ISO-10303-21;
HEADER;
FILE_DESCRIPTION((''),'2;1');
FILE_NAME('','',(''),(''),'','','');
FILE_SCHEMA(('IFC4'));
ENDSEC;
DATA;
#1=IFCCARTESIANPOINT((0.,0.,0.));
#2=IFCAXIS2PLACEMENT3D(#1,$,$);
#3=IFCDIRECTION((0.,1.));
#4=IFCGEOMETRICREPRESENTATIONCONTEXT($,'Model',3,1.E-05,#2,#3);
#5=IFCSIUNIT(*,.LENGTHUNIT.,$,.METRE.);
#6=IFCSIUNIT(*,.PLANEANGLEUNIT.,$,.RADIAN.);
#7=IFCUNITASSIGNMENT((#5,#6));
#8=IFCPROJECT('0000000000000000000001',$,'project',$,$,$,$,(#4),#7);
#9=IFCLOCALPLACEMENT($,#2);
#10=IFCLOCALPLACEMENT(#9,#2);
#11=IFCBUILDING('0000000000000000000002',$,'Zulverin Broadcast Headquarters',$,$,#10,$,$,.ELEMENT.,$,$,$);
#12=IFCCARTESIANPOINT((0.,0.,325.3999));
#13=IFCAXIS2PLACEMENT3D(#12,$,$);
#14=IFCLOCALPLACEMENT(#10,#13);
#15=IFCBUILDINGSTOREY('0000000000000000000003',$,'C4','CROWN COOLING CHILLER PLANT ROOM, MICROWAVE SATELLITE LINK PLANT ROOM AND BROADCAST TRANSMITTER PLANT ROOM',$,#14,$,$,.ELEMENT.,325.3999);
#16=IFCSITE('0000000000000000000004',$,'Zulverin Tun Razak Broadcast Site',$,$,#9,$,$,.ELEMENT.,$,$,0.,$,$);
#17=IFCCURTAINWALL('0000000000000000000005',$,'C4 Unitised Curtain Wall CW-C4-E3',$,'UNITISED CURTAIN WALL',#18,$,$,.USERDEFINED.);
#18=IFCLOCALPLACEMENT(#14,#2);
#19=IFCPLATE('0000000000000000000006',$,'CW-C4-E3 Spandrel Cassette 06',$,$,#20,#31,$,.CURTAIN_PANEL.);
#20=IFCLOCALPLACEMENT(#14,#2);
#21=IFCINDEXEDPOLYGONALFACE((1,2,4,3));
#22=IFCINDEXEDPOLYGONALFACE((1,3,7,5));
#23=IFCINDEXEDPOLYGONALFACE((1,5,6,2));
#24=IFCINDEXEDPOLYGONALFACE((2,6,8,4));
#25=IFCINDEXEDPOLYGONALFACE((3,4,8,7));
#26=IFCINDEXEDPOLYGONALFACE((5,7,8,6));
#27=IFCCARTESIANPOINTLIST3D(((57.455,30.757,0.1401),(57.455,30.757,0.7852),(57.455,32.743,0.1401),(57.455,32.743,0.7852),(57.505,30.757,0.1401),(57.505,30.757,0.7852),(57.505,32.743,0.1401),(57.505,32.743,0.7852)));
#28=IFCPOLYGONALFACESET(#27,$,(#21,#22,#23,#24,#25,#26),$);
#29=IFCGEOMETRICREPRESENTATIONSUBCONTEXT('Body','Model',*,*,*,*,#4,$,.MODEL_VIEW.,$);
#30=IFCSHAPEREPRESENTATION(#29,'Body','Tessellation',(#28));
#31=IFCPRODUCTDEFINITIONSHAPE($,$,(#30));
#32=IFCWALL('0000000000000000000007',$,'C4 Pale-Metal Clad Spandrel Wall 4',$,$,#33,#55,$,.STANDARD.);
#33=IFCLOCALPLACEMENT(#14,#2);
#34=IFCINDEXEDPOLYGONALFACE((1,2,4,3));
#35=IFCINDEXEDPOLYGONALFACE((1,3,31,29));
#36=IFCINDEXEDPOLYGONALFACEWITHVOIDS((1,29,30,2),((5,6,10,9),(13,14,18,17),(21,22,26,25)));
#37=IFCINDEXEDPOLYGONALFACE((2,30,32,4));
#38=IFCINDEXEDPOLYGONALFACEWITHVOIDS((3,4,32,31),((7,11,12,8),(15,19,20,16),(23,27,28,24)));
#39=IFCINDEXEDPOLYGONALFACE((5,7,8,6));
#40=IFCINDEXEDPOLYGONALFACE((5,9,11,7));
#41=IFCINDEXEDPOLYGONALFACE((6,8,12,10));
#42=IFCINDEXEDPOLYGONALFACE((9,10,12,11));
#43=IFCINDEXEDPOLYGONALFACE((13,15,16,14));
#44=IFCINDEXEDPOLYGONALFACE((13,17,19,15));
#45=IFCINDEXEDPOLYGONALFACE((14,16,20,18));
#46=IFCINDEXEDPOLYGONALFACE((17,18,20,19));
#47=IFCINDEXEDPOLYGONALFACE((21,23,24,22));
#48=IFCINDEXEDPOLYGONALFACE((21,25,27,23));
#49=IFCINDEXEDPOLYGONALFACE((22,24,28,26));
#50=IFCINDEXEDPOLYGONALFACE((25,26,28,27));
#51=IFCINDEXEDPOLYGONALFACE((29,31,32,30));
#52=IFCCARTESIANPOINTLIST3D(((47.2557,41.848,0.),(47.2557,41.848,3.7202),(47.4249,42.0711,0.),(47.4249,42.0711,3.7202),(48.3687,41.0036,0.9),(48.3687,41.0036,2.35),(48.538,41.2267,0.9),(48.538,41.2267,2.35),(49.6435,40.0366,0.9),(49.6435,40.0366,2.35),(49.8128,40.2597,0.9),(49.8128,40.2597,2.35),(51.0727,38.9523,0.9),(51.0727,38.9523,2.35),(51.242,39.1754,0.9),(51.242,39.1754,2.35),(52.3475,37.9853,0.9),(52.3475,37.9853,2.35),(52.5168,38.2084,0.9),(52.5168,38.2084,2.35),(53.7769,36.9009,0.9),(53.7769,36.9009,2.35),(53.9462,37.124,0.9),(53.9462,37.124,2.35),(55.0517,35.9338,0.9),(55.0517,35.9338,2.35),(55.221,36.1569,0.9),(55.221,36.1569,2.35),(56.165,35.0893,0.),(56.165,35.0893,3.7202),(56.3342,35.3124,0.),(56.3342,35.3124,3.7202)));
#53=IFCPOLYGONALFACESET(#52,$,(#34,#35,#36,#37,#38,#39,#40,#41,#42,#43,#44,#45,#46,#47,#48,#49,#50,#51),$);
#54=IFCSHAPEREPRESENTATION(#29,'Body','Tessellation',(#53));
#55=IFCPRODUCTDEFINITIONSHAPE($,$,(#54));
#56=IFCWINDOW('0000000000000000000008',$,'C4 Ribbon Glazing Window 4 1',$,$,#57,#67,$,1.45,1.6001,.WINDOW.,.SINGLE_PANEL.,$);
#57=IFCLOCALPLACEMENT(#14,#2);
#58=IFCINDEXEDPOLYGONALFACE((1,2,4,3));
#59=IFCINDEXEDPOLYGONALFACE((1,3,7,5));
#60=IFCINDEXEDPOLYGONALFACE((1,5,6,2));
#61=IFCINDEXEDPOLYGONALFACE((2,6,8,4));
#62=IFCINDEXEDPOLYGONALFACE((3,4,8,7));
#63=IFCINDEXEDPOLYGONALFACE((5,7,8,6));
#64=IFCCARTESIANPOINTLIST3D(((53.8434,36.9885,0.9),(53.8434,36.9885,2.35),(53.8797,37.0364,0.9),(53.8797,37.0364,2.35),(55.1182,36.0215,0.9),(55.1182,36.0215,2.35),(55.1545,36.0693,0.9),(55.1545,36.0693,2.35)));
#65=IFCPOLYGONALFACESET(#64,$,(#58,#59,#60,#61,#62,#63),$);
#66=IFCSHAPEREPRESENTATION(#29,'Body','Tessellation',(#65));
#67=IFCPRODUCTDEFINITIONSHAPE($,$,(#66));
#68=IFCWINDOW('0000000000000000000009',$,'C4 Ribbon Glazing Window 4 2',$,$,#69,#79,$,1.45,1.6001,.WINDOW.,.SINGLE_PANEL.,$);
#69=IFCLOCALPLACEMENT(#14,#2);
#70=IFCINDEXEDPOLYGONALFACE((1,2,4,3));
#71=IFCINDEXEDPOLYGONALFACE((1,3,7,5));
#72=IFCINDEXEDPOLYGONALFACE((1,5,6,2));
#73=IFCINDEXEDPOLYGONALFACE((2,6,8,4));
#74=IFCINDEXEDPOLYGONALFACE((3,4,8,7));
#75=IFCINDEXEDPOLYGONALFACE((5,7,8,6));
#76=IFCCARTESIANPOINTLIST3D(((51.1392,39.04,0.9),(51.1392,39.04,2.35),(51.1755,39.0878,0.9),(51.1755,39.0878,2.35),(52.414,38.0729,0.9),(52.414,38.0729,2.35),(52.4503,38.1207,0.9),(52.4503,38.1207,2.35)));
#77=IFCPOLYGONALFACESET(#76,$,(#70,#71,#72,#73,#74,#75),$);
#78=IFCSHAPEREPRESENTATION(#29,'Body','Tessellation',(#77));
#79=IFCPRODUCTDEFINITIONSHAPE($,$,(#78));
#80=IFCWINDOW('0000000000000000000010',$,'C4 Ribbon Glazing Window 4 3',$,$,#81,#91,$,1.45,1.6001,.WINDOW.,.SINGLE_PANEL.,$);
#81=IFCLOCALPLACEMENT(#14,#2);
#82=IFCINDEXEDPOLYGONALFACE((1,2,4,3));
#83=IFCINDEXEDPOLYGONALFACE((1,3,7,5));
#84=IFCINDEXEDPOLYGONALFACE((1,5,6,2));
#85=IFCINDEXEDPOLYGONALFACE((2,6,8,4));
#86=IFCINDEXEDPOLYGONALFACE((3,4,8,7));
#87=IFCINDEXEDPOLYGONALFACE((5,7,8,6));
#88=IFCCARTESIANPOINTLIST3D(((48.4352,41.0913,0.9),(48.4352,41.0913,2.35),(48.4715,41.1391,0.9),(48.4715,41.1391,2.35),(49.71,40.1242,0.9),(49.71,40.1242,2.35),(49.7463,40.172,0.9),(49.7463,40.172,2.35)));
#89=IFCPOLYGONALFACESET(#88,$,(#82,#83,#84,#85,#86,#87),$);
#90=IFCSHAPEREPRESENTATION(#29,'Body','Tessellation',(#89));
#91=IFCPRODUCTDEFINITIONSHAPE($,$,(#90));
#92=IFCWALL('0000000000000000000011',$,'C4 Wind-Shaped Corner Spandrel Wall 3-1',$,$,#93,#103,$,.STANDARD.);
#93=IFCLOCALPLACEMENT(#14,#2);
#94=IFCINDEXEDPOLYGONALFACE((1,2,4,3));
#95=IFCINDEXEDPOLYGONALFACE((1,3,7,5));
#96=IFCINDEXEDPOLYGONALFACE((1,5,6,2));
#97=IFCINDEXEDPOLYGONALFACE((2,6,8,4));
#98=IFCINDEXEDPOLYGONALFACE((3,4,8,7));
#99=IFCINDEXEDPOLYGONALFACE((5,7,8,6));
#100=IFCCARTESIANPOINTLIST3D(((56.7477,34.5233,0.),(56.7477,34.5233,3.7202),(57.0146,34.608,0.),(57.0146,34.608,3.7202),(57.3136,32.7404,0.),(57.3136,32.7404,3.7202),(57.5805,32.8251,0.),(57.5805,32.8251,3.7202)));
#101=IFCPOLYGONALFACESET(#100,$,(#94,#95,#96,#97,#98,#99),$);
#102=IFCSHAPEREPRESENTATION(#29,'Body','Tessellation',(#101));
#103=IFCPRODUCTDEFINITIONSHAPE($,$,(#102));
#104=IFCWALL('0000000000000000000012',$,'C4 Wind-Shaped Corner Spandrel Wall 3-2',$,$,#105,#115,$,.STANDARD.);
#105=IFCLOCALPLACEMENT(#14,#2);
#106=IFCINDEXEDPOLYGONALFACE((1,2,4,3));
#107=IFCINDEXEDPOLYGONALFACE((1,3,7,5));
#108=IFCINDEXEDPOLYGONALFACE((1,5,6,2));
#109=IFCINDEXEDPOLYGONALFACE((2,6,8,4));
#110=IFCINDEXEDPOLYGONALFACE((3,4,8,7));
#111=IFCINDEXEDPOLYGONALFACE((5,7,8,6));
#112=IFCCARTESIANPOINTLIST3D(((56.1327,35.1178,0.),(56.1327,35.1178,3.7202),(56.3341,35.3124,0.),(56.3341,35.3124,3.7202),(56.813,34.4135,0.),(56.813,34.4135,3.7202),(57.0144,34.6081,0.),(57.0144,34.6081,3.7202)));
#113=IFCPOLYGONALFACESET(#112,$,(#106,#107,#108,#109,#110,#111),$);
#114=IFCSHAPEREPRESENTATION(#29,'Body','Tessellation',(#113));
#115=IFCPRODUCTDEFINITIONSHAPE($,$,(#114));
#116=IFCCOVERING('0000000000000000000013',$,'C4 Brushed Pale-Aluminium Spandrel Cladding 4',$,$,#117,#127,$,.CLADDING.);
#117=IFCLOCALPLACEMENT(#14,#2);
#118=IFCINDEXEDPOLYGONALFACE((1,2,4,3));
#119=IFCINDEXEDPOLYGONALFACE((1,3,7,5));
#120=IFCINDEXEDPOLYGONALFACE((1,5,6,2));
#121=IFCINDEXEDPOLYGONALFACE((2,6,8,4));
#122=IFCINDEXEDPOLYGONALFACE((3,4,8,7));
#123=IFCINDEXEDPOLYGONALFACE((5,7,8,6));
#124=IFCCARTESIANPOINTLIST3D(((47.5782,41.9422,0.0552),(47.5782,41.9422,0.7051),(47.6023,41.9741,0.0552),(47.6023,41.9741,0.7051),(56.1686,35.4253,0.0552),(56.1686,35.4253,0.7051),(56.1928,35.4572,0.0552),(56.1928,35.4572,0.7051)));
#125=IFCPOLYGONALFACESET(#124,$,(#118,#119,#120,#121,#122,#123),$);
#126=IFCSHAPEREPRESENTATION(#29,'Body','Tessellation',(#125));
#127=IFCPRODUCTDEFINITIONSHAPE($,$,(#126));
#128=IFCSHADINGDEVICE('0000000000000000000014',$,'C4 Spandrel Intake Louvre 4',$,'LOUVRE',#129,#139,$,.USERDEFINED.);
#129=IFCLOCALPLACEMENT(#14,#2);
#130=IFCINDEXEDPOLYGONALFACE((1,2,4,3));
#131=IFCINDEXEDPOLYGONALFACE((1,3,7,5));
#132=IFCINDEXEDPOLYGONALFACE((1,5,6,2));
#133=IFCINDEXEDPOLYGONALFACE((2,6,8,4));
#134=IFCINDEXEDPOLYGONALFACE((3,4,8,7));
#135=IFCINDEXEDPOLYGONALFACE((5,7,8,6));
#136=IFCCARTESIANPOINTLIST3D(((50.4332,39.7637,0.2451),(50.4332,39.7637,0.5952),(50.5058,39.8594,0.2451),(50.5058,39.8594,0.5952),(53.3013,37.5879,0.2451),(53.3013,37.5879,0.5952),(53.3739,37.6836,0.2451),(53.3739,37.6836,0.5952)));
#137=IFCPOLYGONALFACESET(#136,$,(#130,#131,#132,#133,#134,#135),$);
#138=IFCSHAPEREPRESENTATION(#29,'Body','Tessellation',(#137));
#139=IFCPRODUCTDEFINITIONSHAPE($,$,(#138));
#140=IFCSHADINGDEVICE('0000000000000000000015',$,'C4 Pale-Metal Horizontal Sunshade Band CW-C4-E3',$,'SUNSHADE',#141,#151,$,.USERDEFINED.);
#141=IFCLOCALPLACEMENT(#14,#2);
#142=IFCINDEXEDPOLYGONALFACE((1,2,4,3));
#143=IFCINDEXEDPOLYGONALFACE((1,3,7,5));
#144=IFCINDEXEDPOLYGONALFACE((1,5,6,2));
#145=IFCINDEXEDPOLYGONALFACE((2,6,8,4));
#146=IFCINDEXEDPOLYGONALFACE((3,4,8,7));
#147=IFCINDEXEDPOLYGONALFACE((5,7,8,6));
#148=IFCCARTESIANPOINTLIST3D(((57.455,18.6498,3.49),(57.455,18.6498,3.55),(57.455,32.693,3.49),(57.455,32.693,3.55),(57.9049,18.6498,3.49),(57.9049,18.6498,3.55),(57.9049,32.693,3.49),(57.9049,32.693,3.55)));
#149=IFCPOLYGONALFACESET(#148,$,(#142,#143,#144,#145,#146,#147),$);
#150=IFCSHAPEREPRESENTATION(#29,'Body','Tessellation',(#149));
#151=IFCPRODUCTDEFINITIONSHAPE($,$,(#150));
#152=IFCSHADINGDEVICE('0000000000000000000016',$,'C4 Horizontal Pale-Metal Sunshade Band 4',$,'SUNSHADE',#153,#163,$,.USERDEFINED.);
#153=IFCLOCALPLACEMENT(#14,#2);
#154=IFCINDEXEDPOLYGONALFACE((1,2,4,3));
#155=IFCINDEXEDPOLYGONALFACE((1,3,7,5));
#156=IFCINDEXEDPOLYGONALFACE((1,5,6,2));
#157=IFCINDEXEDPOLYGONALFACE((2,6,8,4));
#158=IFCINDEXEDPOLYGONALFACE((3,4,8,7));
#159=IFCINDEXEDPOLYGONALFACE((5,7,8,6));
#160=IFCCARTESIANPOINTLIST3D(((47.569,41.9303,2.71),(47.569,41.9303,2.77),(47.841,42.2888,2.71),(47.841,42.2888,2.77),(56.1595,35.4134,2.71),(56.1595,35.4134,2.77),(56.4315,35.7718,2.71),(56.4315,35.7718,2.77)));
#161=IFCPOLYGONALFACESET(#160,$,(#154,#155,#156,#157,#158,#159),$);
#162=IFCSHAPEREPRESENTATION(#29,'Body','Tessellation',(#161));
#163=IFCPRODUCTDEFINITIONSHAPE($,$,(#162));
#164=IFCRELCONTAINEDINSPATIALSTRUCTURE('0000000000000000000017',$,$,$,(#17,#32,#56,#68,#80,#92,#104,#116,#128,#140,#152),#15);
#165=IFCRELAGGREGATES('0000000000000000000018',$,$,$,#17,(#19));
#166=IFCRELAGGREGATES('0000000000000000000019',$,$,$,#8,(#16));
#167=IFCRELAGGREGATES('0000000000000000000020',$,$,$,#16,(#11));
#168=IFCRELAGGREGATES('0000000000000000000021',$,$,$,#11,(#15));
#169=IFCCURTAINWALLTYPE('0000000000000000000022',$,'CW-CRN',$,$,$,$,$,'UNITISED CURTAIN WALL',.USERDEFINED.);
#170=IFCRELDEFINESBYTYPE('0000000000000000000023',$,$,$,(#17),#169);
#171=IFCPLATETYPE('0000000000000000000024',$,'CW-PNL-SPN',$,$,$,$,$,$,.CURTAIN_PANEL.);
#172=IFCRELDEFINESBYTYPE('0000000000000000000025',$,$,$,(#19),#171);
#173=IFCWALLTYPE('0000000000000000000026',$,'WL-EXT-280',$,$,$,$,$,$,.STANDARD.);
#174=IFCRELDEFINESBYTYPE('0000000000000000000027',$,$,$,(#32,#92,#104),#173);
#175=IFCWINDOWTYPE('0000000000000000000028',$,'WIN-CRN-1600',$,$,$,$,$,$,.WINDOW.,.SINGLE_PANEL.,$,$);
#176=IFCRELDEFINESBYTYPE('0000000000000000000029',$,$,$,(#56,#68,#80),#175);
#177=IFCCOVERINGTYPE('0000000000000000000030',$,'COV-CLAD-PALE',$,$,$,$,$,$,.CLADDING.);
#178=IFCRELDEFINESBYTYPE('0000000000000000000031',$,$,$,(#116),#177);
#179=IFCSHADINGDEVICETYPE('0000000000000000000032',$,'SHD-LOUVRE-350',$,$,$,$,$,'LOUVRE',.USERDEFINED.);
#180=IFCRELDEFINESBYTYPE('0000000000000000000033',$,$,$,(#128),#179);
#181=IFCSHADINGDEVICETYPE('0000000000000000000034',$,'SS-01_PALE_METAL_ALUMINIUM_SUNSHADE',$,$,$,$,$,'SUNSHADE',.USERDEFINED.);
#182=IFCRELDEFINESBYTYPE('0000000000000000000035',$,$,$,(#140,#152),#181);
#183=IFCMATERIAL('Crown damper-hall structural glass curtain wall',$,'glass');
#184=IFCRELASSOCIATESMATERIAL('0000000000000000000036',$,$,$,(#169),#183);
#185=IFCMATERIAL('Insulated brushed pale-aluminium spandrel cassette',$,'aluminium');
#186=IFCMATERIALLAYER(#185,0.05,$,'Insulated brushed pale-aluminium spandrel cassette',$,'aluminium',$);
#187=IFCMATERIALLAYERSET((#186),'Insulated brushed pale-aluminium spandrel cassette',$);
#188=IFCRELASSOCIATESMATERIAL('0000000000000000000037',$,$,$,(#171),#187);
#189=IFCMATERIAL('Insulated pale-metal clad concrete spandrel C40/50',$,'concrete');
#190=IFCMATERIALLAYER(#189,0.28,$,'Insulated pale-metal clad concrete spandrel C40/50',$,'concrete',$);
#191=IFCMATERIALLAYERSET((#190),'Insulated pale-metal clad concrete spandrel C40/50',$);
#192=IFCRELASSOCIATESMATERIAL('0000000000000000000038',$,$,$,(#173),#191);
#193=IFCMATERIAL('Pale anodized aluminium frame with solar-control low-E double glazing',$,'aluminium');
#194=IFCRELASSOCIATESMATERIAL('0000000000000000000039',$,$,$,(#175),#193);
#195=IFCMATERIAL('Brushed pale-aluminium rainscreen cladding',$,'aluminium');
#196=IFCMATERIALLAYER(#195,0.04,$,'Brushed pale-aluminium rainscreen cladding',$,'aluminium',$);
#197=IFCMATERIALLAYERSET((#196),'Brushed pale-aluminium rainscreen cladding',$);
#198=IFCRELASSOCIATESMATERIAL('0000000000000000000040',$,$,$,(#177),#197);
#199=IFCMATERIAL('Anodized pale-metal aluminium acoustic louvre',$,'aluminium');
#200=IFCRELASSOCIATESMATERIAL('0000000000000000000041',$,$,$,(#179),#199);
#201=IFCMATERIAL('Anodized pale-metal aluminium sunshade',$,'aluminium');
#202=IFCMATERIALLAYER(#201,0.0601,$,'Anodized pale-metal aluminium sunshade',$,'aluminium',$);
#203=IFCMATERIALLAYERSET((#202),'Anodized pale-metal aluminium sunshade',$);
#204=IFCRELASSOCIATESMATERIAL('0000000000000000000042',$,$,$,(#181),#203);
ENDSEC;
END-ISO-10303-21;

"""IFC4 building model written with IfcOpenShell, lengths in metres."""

from ifc_helpers import new_model, si_unit, direction, frame, frame_2d, origin, origin_2d, place, context, subcontext, project, spatial, rectangle, extrude, material, layer, layer_set, type_object, element, fill, aggregate, save


model = new_model("IFC4")

# Units and contexts
model_context = context("Model", 3, precision=1e-05, world=origin(), true_north=direction((0.0, 1.0)))
body_context = subcontext(model_context, "Body", "Model", "MODEL_VIEW")
ifc_project = project(units=[si_unit("LENGTHUNIT", "METRE"), si_unit("PLANEANGLEUNIT", "RADIAN")], contexts=[model_context])

# Site, building, storey
site_placement = place(None, origin())
site = spatial("IfcSite", under=ifc_project, at=site_placement, Name="Zulverin Tun Razak Broadcast Site", CompositionType="ELEMENT", RefElevation=0.0)
building_placement = place(site_placement, origin())
building = spatial("IfcBuilding", under=site, at=building_placement, Name="Zulverin Broadcast Headquarters", CompositionType="ELEMENT")
storey_placement = place(building_placement, frame((0.0, 0.0, 325.3999)))
storey = spatial("IfcBuildingStorey", under=building, at=storey_placement, Name="C4", Description="CROWN COOLING CHILLER PLANT ROOM, MICROWAVE SATELLITE LINK PLANT ROOM AND BROADCAST TRANSMITTER PLANT ROOM", CompositionType="ELEMENT", Elevation=325.3999)

# Curtain wall, plate
ifc_material_1 = material(Name="Crown damper-hall structural glass curtain wall", Category="glass")
curtain_wall_type = type_object("IfcCurtainWallType", Name="CW-CRN", ElementType="UNITISED CURTAIN WALL", PredefinedType="USERDEFINED", material=ifc_material_1)
curtain_wall_placement = place(storey_placement, origin())
curtain_wall = element("IfcCurtainWall", 1, at=curtain_wall_placement, inside=storey, type_object=curtain_wall_type, Name="C4 Unitised Curtain Wall CW-C4-E3", ObjectType="UNITISED CURTAIN WALL", PredefinedType="USERDEFINED")
ifc_material_2 = material(Name="Insulated brushed pale-aluminium spandrel cassette", Category="aluminium")
ifc_layer_1 = layer(ifc_material_2, 0.05, Name="Insulated brushed pale-aluminium spandrel cassette", Category="aluminium")
ifc_layer_set_1 = layer_set([ifc_layer_1], Name="Insulated brushed pale-aluminium spandrel cassette")
plate_type_1 = type_object("IfcPlateType", Name="CW-PNL-SPN", PredefinedType="CURTAIN_PANEL", material=ifc_layer_set_1)
plate_1_placement = place(storey_placement, frame((57.48, 31.75, 0.1401), z_axis=(0.0, 0.0, 1.0), x_axis=(0.0, 1.0, 0.0)))
plate_1 = element("IfcPlate", 2, at=plate_1_placement, type_object=plate_type_1, Name="CW-C4-E3 Spandrel Cassette 06", PredefinedType="CURTAIN_PANEL", context=body_context, shape_type="SweptSolid", body=[
    extrude(rectangle(XDim=1.9861, YDim=0.05, at=origin_2d()), origin(), (0.0, 0.0, 1.0), 0.645),
])
aggregate(curtain_wall, [plate_1])

# Wall, openings, windows
ifc_material_3 = material(Name="Insulated pale-metal clad concrete spandrel C40/50", Category="concrete")
ifc_layer_2 = layer(ifc_material_3, 0.28, Name="Insulated pale-metal clad concrete spandrel C40/50", Category="concrete")
ifc_layer_set_2 = layer_set([ifc_layer_2], Name="Insulated pale-metal clad concrete spandrel C40/50")
wall_type = type_object("IfcWallType", Name="WL-EXT-280", PredefinedType="STANDARD", material=ifc_layer_set_2)
wall_1_placement = place(storey_placement, frame((56.2495, 35.2009, 0.0), z_axis=(0.0, 0.0, 1.0), x_axis=(-0.796695, 0.604382, 0.0)))
wall_1 = element("IfcWall", 3, at=wall_1_placement, inside=storey, type_object=wall_type, Name="C4 Pale-Metal Clad Spandrel Wall 4", PredefinedType="STANDARD", context=body_context, shape_type="SweptSolid", body=[
    extrude(rectangle(XDim=11.1829, YDim=0.28, at=frame_2d((5.5913, 0.0))), origin(), (0.0, 0.0, 1.0), 3.7202),
])
opening_1_placement = place(wall_1_placement, frame((1.3972, 0.0, 0.8999)))
opening_1 = element("IfcOpeningElement", 4, at=opening_1_placement, cuts=wall_1, PredefinedType="OPENING", context=body_context, shape_type="SweptSolid", body=[
    extrude(rectangle(XDim=1.6001, YDim=1.45, at=frame_2d((0.8, 0.7251))), frame((0.0, 0.1499, 0.0), z_axis=(0.0, -1.0, 0.0), x_axis=(1.0, 0.0, 0.0)), (0.0, 0.0, 1.0), 0.3),
])
opening_2_placement = place(wall_1_placement, frame((4.7915, 0.0, 0.8999)))
opening_2 = element("IfcOpeningElement", 5, at=opening_2_placement, cuts=wall_1, PredefinedType="OPENING", context=body_context, shape_type="SweptSolid", body=[
    extrude(rectangle(XDim=1.6001, YDim=1.45, at=frame_2d((0.8, 0.7251))), frame((0.0, 0.1499, 0.0), z_axis=(0.0, -1.0, 0.0), x_axis=(1.0, 0.0, 0.0)), (0.0, 0.0, 1.0), 0.3),
])
opening_3_placement = place(wall_1_placement, frame((8.1855, 0.0, 0.8999)))
opening_3 = element("IfcOpeningElement", 6, at=opening_3_placement, cuts=wall_1, PredefinedType="OPENING", context=body_context, shape_type="SweptSolid", body=[
    extrude(rectangle(XDim=1.6001, YDim=1.45, at=frame_2d((0.8, 0.7251))), frame((0.0, 0.1499, 0.0), z_axis=(0.0, -1.0, 0.0), x_axis=(1.0, 0.0, 0.0)), (0.0, 0.0, 1.0), 0.3),
])
ifc_material_4 = material(Name="Pale anodized aluminium frame with solar-control low-E double glazing", Category="aluminium")
window_type = type_object("IfcWindowType", Name="WIN-CRN-1600", PartitioningType="SINGLE_PANEL", PredefinedType="WINDOW", material=ifc_material_4)
window_1_placement = place(opening_1_placement, origin())
window_1 = element("IfcWindow", 7, at=window_1_placement, inside=storey, type_object=window_type, Name="C4 Ribbon Glazing Window 4 1", OverallHeight=1.45, OverallWidth=1.6001, PartitioningType="SINGLE_PANEL", PredefinedType="WINDOW", context=body_context, shape_type="SweptSolid", body=[
    extrude(rectangle(XDim=1.6001, YDim=1.45, at=frame_2d((0.8, 0.7251))), frame((0.0, 0.03, 0.0), z_axis=(0.0, -1.0, 0.0), x_axis=(1.0, 0.0, 0.0)), (0.0, 0.0, 1.0), 0.0601),
])
fill(opening_1, window_1)
window_2_placement = place(opening_2_placement, origin())
window_2 = element("IfcWindow", 8, at=window_2_placement, inside=storey, type_object=window_type, Name="C4 Ribbon Glazing Window 4 2", OverallHeight=1.45, OverallWidth=1.6001, PartitioningType="SINGLE_PANEL", PredefinedType="WINDOW", context=body_context, shape_type="SweptSolid", body=[
    extrude(rectangle(XDim=1.6001, YDim=1.45, at=frame_2d((0.8, 0.7251))), frame((0.0, 0.03, 0.0), z_axis=(0.0, -1.0, 0.0), x_axis=(1.0, 0.0, 0.0)), (0.0, 0.0, 1.0), 0.0601),
])
fill(opening_2, window_2)
window_3_placement = place(opening_3_placement, origin())
window_3 = element("IfcWindow", 9, at=window_3_placement, inside=storey, type_object=window_type, Name="C4 Ribbon Glazing Window 4 3", OverallHeight=1.45, OverallWidth=1.6001, PartitioningType="SINGLE_PANEL", PredefinedType="WINDOW", context=body_context, shape_type="SweptSolid", body=[
    extrude(rectangle(XDim=1.6001, YDim=1.45, at=frame_2d((0.8, 0.7251))), frame((0.0, 0.03, 0.0), z_axis=(0.0, -1.0, 0.0), x_axis=(1.0, 0.0, 0.0)), (0.0, 0.0, 1.0), 0.0601),
])
fill(opening_3, window_3)

# Walls
wall_2_placement = place(storey_placement, frame((57.447, 32.7827, 0.0), z_axis=(0.0, 0.0, 1.0), x_axis=(-0.30253, 0.95314, 0.0)))
element("IfcWall", 10, at=wall_2_placement, inside=storey, type_object=wall_type, Name="C4 Wind-Shaped Corner Spandrel Wall 3-1", PredefinedType="STANDARD", context=body_context, shape_type="SweptSolid", body=[
    extrude(rectangle(XDim=1.8706, YDim=0.28, at=frame_2d((0.9353, 0.0))), origin(), (0.0, 0.0, 1.0), 3.7202),
])
wall_3_placement = place(storey_placement, frame((56.9138, 34.5107, 0.0), z_axis=(0.0, 0.0, 1.0), x_axis=(-0.694786, 0.719217, 0.0)))
element("IfcWall", 11, at=wall_3_placement, inside=storey, type_object=wall_type, Name="C4 Wind-Shaped Corner Spandrel Wall 3-2", PredefinedType="STANDARD", context=body_context, shape_type="SweptSolid", body=[
    extrude(rectangle(XDim=0.9792, YDim=0.28, at=frame_2d((0.4897, 0.0))), origin(), (0.0, 0.0, 1.0), 3.7202),
])

# Covering
ifc_material_5 = material(Name="Brushed pale-aluminium rainscreen cladding", Category="aluminium")
ifc_layer_3 = layer(ifc_material_5, 0.04, Name="Brushed pale-aluminium rainscreen cladding", Category="aluminium")
ifc_layer_set_3 = layer_set([ifc_layer_3], Name="Brushed pale-aluminium rainscreen cladding")
covering_type = type_object("IfcCoveringType", Name="COV-CLAD-PALE", PredefinedType="CLADDING", material=ifc_layer_set_3)
covering_placement = place(storey_placement, frame((51.8855, 38.6997, 0.0552), z_axis=(0.0, 0.0, 1.0), x_axis=(-0.796691, 0.604386, 0.0)))
element("IfcCovering", 12, at=covering_placement, inside=storey, type_object=covering_type, Name="C4 Brushed Pale-Aluminium Spandrel Cladding 4", PredefinedType="CLADDING", context=body_context, shape_type="SweptSolid", body=[
    extrude(rectangle(XDim=10.7827, YDim=0.04, at=origin_2d()), origin(), (0.0, 0.0, 1.0), 0.6499),
])

# Shading devices
ifc_material_6 = material(Name="Anodized pale-metal aluminium acoustic louvre", Category="aluminium")
shading_device_type_1 = type_object("IfcShadingDeviceType", Name="SHD-LOUVRE-350", ElementType="LOUVRE", PredefinedType="USERDEFINED", material=ifc_material_6)
shading_device_1_placement = place(storey_placement, frame((51.9036, 38.7236, 0.2451), z_axis=(0.0, 0.0, 1.0), x_axis=(-0.796691, 0.604386, 0.0)))
element("IfcShadingDevice", 13, at=shading_device_1_placement, inside=storey, type_object=shading_device_type_1, Name="C4 Spandrel Intake Louvre 4", ObjectType="LOUVRE", PredefinedType="USERDEFINED", context=body_context, shape_type="SweptSolid", body=[
    extrude(rectangle(XDim=3.6001, YDim=0.1201, at=origin_2d()), origin(), (0.0, 0.0, 1.0), 0.3501),
])
ifc_material_7 = material(Name="Anodized pale-metal aluminium sunshade", Category="aluminium")
ifc_layer_4 = layer(ifc_material_7, 0.0601, Name="Anodized pale-metal aluminium sunshade", Category="aluminium")
ifc_layer_set_4 = layer_set([ifc_layer_4], Name="Anodized pale-metal aluminium sunshade")
shading_device_type_2 = type_object("IfcShadingDeviceType", Name="SS-01_PALE_METAL_ALUMINIUM_SUNSHADE", ElementType="SUNSHADE", PredefinedType="USERDEFINED", material=ifc_layer_set_4)
shading_device_2_placement = place(storey_placement, frame((57.6799, 25.6714, 3.49), z_axis=(0.0, 0.0, 1.0), x_axis=(0.0, 1.0, 0.0)))
element("IfcShadingDevice", 14, at=shading_device_2_placement, inside=storey, type_object=shading_device_type_2, Name="C4 Pale-Metal Horizontal Sunshade Band CW-C4-E3", ObjectType="SUNSHADE", PredefinedType="USERDEFINED", context=body_context, shape_type="SweptSolid", body=[
    extrude(rectangle(XDim=14.0432, YDim=0.45, at=origin_2d()), origin(), (0.0, 0.0, 1.0), 0.0601),
])
shading_device_3_placement = place(storey_placement, frame((52.0002, 38.8511, 2.71), z_axis=(0.0, 0.0, 1.0), x_axis=(-0.796691, 0.604386, 0.0)))
element("IfcShadingDevice", 15, at=shading_device_3_placement, inside=storey, type_object=shading_device_type_2, Name="C4 Horizontal Pale-Metal Sunshade Band 4", ObjectType="SUNSHADE", PredefinedType="USERDEFINED", context=body_context, shape_type="SweptSolid", body=[
    extrude(rectangle(XDim=10.7827, YDim=0.45, at=origin_2d()), origin(), (0.0, 0.0, 1.0), 0.0601),
])

save(model, "model.ifc")
